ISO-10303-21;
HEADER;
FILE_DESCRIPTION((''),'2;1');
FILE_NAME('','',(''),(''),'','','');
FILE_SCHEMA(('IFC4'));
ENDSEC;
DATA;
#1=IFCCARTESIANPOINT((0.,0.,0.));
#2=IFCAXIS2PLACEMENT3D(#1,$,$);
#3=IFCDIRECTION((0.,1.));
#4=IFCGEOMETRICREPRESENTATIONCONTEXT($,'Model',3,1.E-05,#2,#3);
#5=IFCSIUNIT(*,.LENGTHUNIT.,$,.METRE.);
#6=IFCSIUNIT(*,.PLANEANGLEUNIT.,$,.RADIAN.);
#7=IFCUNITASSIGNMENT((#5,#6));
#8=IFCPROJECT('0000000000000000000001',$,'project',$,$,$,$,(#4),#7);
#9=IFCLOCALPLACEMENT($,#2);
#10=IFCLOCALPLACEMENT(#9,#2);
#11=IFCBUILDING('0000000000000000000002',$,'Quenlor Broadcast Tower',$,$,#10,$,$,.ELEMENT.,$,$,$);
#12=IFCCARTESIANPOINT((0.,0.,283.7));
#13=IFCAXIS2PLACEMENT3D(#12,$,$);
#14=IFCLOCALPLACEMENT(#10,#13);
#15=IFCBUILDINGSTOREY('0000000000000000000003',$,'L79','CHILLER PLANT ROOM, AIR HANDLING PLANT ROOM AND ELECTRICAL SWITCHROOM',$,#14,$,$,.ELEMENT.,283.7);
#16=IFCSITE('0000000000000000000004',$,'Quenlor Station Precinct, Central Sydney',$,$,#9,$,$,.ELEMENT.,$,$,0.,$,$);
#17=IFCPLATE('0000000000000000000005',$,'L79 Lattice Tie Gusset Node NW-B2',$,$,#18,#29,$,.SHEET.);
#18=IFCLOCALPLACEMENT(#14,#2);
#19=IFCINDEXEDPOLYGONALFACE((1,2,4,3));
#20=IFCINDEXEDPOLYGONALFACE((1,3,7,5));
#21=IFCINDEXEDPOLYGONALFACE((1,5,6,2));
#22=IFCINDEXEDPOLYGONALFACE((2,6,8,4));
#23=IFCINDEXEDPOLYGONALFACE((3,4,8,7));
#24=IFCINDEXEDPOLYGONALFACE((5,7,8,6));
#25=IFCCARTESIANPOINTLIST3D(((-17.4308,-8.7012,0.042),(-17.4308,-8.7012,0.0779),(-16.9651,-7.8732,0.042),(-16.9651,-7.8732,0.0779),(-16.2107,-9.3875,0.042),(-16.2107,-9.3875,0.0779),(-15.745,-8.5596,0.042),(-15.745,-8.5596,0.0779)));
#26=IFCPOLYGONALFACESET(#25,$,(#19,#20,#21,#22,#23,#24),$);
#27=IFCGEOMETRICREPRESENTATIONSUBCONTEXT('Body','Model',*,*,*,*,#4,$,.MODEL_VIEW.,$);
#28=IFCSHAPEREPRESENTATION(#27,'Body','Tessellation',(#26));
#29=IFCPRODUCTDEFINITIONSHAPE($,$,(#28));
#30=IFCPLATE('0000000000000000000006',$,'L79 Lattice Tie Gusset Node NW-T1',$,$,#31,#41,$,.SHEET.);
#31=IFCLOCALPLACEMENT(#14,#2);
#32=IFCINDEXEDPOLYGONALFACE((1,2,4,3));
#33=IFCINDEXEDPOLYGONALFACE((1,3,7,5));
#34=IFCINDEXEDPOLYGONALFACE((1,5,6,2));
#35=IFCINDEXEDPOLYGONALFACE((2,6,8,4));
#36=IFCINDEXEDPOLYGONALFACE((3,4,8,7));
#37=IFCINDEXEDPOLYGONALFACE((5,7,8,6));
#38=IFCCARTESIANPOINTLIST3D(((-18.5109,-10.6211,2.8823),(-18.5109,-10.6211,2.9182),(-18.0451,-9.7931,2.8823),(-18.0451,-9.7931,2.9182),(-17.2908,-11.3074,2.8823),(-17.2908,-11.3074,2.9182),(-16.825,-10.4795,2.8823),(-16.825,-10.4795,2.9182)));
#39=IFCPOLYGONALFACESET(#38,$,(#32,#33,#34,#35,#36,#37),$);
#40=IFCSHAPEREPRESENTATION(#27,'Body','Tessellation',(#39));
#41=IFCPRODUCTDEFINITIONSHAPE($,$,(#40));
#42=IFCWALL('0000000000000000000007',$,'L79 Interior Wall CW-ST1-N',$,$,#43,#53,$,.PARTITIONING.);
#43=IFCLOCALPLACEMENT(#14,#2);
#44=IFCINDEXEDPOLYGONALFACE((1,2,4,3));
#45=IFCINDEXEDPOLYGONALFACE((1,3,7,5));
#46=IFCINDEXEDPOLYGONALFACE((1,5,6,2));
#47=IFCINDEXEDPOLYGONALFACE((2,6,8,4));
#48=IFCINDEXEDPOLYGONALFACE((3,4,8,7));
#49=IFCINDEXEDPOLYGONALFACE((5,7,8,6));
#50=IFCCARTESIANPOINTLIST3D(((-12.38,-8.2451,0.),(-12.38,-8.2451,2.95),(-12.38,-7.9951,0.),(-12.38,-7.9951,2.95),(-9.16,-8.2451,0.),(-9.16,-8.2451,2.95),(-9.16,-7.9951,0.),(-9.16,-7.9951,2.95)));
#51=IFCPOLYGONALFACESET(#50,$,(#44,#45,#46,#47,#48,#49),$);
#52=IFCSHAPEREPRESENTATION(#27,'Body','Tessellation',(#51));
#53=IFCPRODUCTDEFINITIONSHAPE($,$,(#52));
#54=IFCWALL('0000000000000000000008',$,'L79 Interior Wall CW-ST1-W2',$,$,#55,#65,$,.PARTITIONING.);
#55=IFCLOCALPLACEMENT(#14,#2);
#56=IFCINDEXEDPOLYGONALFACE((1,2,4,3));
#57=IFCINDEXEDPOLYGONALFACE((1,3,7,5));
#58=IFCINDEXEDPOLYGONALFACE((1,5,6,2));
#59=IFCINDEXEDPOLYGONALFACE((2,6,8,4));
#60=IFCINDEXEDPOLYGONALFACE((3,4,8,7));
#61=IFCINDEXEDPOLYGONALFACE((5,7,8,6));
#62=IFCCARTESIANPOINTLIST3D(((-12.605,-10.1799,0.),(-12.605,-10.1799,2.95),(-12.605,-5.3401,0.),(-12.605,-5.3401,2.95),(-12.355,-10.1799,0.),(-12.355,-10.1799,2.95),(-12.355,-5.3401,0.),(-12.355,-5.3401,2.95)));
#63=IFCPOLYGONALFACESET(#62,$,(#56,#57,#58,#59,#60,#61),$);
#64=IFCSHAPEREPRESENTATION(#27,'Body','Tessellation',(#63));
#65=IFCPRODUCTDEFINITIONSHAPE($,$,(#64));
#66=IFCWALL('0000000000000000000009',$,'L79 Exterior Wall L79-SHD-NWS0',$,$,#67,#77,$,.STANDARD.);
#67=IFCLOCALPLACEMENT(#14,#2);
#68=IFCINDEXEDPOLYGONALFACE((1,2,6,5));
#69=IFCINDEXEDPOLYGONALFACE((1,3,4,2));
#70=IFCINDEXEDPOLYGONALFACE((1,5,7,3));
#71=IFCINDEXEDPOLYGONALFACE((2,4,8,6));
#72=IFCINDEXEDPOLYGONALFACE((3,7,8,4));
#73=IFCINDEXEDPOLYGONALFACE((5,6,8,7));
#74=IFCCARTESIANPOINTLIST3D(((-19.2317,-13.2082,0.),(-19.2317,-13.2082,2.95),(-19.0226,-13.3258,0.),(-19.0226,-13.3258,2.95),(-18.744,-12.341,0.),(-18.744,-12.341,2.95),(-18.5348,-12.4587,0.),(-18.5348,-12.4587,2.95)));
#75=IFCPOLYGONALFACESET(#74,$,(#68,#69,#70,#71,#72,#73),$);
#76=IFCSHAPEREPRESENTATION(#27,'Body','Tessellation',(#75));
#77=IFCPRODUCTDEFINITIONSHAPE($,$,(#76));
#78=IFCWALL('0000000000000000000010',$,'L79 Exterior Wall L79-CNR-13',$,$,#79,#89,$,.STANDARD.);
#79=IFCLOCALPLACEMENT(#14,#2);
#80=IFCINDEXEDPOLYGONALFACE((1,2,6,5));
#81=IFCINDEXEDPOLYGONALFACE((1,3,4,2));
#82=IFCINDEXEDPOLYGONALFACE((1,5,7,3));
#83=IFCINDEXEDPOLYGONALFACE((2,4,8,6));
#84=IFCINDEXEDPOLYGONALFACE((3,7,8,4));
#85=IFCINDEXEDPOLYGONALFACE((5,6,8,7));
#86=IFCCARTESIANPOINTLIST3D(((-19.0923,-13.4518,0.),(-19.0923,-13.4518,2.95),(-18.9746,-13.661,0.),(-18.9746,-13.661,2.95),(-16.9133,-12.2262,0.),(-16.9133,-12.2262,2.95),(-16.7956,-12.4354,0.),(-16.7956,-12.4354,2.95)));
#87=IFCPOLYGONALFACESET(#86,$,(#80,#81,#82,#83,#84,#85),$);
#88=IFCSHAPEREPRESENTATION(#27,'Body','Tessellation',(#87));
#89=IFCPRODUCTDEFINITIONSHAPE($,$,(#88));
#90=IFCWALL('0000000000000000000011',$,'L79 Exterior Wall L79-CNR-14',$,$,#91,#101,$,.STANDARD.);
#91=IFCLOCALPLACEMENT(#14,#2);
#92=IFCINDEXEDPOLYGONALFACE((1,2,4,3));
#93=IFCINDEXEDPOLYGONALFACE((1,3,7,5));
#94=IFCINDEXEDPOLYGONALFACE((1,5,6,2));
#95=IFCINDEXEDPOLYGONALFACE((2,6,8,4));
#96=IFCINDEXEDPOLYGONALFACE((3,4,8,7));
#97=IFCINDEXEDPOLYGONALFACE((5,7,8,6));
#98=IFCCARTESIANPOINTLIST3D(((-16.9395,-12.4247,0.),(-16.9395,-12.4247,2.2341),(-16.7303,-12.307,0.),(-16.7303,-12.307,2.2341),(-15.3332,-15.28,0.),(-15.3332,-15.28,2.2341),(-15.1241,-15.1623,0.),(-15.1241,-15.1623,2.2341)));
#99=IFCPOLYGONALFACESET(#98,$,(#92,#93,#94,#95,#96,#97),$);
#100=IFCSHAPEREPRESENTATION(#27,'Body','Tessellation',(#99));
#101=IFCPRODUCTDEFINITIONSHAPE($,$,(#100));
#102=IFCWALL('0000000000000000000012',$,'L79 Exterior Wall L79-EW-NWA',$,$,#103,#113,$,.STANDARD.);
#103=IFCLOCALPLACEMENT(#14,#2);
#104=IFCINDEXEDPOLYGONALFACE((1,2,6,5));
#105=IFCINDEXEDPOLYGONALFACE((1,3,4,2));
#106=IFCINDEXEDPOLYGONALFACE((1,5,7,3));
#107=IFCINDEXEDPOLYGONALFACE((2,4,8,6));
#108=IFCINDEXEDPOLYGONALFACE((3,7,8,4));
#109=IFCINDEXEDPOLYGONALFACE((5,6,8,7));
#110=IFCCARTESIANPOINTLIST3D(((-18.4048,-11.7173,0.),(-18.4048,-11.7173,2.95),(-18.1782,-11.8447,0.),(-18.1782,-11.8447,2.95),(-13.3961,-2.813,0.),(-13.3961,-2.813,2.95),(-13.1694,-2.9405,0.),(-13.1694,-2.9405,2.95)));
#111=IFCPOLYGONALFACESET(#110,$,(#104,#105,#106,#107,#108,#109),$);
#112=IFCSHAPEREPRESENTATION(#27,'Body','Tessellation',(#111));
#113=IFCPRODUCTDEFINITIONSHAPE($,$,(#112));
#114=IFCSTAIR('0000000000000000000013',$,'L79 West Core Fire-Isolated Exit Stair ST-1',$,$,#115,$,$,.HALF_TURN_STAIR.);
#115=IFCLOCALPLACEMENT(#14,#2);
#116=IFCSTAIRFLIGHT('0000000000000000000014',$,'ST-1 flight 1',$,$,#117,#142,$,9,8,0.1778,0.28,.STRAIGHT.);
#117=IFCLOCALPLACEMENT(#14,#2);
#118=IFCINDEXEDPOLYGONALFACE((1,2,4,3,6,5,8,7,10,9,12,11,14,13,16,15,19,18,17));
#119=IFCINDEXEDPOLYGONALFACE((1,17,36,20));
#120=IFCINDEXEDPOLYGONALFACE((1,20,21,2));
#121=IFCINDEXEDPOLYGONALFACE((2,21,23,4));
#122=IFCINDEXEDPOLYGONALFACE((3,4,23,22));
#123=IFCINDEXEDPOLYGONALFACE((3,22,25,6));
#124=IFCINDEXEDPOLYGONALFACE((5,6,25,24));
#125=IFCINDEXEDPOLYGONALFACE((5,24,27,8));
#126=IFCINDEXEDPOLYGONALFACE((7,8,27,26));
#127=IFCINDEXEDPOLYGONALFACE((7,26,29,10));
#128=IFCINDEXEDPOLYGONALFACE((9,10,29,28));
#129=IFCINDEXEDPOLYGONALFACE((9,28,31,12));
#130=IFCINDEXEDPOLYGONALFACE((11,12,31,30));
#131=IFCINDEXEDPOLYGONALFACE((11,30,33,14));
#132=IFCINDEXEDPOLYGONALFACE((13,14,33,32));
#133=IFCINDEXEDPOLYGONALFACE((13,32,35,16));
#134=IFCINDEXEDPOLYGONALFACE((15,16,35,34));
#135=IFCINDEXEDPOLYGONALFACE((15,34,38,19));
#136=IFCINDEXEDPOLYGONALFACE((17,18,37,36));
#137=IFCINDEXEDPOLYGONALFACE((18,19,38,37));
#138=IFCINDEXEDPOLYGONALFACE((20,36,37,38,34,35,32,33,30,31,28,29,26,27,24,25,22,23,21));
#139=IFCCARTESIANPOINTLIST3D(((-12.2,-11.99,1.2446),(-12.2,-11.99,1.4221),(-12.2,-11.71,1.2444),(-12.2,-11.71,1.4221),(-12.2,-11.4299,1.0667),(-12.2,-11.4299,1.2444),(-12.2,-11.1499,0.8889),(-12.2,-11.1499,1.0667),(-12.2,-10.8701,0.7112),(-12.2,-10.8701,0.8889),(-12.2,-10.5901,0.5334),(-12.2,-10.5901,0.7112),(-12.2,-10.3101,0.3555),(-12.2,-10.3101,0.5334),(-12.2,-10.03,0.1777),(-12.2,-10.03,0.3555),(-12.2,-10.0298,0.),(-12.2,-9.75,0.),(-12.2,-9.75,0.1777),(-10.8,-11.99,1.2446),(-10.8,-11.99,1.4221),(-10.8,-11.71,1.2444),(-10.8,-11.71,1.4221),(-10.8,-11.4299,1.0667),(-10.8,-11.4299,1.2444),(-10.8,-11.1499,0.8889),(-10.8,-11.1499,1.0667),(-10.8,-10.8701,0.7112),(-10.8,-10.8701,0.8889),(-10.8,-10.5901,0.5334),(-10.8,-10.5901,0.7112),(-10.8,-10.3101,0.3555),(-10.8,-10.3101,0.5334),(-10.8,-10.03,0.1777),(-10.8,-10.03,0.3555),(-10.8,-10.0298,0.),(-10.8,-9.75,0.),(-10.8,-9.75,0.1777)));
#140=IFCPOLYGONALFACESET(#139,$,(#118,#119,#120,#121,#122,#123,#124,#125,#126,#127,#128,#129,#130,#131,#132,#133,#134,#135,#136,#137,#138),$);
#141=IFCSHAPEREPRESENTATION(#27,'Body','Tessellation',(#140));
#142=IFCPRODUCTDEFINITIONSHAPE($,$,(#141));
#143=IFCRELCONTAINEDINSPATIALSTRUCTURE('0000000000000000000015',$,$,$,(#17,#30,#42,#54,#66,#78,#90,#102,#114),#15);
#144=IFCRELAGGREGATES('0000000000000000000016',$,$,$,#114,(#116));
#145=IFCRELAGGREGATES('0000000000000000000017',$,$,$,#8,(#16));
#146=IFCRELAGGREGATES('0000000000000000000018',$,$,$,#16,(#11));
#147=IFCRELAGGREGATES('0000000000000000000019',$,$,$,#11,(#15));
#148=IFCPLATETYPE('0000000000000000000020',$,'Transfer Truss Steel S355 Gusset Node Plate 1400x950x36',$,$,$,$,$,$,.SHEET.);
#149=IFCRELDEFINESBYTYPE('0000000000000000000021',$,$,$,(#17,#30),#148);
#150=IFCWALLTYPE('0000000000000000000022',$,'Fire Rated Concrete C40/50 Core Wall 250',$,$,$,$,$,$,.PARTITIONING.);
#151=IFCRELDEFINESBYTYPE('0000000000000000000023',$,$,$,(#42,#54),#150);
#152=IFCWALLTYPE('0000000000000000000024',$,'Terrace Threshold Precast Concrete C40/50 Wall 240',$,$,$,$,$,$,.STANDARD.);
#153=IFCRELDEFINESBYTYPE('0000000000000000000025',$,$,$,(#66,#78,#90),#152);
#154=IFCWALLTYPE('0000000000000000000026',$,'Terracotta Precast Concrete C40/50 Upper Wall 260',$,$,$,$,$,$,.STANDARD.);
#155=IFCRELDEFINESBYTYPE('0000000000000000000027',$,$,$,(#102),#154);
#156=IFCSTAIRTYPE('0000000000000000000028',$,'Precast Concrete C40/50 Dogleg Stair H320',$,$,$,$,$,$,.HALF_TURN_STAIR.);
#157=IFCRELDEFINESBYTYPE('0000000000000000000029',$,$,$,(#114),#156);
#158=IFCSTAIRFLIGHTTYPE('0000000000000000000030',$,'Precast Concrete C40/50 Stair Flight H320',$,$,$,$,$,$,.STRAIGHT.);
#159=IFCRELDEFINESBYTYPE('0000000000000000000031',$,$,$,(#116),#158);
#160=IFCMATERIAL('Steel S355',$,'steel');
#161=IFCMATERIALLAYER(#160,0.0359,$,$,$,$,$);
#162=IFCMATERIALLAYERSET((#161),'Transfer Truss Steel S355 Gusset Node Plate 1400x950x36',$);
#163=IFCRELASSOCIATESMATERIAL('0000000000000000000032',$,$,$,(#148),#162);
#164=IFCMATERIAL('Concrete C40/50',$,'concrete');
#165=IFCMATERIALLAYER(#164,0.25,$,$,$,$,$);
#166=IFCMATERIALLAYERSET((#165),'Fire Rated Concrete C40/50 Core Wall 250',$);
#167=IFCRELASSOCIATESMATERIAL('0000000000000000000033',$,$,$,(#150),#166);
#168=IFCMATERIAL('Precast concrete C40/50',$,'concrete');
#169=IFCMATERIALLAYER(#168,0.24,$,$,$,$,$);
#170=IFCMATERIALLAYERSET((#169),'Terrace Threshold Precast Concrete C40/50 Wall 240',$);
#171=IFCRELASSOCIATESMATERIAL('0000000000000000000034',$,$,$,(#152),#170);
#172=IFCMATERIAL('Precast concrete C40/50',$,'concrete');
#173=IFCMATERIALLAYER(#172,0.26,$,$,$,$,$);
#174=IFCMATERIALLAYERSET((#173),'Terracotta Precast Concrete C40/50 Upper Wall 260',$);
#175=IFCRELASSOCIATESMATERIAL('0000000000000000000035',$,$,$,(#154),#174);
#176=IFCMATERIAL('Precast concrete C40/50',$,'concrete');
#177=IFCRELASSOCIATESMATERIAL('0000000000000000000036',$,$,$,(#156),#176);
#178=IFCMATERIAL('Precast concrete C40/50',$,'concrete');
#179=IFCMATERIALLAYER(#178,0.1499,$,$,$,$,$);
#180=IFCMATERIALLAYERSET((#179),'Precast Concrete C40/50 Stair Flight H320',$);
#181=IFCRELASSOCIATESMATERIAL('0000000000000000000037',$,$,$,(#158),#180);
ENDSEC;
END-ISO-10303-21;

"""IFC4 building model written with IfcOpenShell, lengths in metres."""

from ifc_helpers import new_model, si_unit, direction, frame, frame_2d, origin, origin_2d, place, context, subcontext, project, spatial, polyline, rectangle, outline, extrude, material, layer, layer_set, type_object, element, aggregate, save


model = new_model("IFC4")

# Units and contexts
model_context = context("Model", 3, precision=1e-05, world=origin(), true_north=direction((0.0, 1.0)))
body_context = subcontext(model_context, "Body", "Model", "MODEL_VIEW")
ifc_project = project(units=[si_unit("LENGTHUNIT", "METRE"), si_unit("PLANEANGLEUNIT", "RADIAN")], contexts=[model_context])

# Site, building, storey
site_placement = place(None, origin())
site = spatial("IfcSite", under=ifc_project, at=site_placement, Name="Quenlor Station Precinct, Central Sydney", CompositionType="ELEMENT", RefElevation=0.0)
building_placement = place(site_placement, origin())
building = spatial("IfcBuilding", under=site, at=building_placement, Name="Quenlor Broadcast Tower", CompositionType="ELEMENT")
storey_placement = place(building_placement, frame((0.0, 0.0, 283.7)))
storey = spatial("IfcBuildingStorey", under=building, at=storey_placement, Name="L79", Description="CHILLER PLANT ROOM, AIR HANDLING PLANT ROOM AND ELECTRICAL SWITCHROOM", CompositionType="ELEMENT", Elevation=283.7)

# Plates
ifc_material_1 = material(Name="Steel S355", Category="steel")
ifc_layer_1 = layer(ifc_material_1, 0.0359)
ifc_layer_set_1 = layer_set([ifc_layer_1], Name="Transfer Truss Steel S355 Gusset Node Plate 1400x950x36")
plate_type_1 = type_object("IfcPlateType", Name="Transfer Truss Steel S355 Gusset Node Plate 1400x950x36", PredefinedType="SHEET", material=ifc_layer_set_1)
for number, where, z_axis, x_axis, name in (
    (1, (-16.5879, -8.6304, 0.042), (0.0, 0.0, 1.0), (-0.871556, 0.490295, 0.0), "L79 Lattice Tie Gusset Node NW-B2"),
    (2, (-17.668, -10.5503, 2.8823), (0.0, 0.0, 1.0), (-0.871556, 0.490295, 0.0), "L79 Lattice Tie Gusset Node NW-T1"),
):
    element("IfcPlate", number, at=place(storey_placement, frame(where, z_axis=z_axis, x_axis=x_axis)), inside=storey, type_object=plate_type_1, Name=name, PredefinedType="SHEET", context=body_context, shape_type="SweptSolid", body=[
        extrude(rectangle(XDim=1.3999, YDim=0.95, at=origin_2d()), origin(), (0.0, 0.0, 1.0), 0.0359),
    ])

# Walls
ifc_material_2 = material(Name="Concrete C40/50", Category="concrete")
ifc_layer_2 = layer(ifc_material_2, 0.25)
ifc_layer_set_2 = layer_set([ifc_layer_2], Name="Fire Rated Concrete C40/50 Core Wall 250")
wall_type_1 = type_object("IfcWallType", Name="Fire Rated Concrete C40/50 Core Wall 250", PredefinedType="PARTITIONING", material=ifc_layer_set_2)
wall_1_placement = place(storey_placement, frame((-12.3799, -8.1201, 0.0), z_axis=(0.0, 0.0, 1.0), x_axis=(1.0, 0.0, 0.0)))
element("IfcWall", 3, at=wall_1_placement, inside=storey, type_object=wall_type_1, Name="L79 Interior Wall CW-ST1-N", PredefinedType="PARTITIONING", context=body_context, shape_type="SweptSolid", body=[
    extrude(rectangle(XDim=3.22, YDim=0.25, at=frame_2d((1.6099, 0.0))), origin(), (0.0, 0.0, 1.0), 2.95),
])
wall_2_placement = place(storey_placement, frame((-12.48, -10.1799, 0.0), z_axis=(0.0, 0.0, 1.0), x_axis=(0.0, 1.0, 0.0)))
element("IfcWall", 4, at=wall_2_placement, inside=storey, type_object=wall_type_1, Name="L79 Interior Wall CW-ST1-W2", PredefinedType="PARTITIONING", context=body_context, shape_type="SweptSolid", body=[
    extrude(rectangle(XDim=4.8398, YDim=0.25, at=frame_2d((2.4199, 0.0))), origin(), (0.0, 0.0, 1.0), 2.95),
])
ifc_material_3 = material(Name="Precast concrete C40/50", Category="concrete")
ifc_layer_3 = layer(ifc_material_3, 0.24)
ifc_layer_set_3 = layer_set([ifc_layer_3], Name="Terrace Threshold Precast Concrete C40/50 Wall 240")
wall_type_2 = type_object("IfcWallType", Name="Terrace Threshold Precast Concrete C40/50 Wall 240", PredefinedType="STANDARD", material=ifc_layer_set_3)
wall_3_placement = place(storey_placement, frame((-19.1272, -13.2671, 0.0), z_axis=(0.0, 0.0, 1.0), x_axis=(0.490261, 0.871576, 0.0)))
element("IfcWall", 5, at=wall_3_placement, inside=storey, type_object=wall_type_2, Name="L79 Exterior Wall L79-SHD-NWS0", PredefinedType="STANDARD", context=body_context, shape_type="SweptSolid", body=[
    extrude(rectangle(XDim=0.9949, YDim=0.24, at=frame_2d((0.4976, 0.0))), origin(), (0.0, 0.0, 1.0), 2.95),
])
wall_4_placement = place(storey_placement, frame((-19.0334, -13.5564, 0.0), z_axis=(0.0, 0.0, 1.0), x_axis=(0.871589, 0.490238, 0.0)))
element("IfcWall", 6, at=wall_4_placement, inside=storey, type_object=wall_type_2, Name="L79 Exterior Wall L79-CNR-13", PredefinedType="STANDARD", context=body_context, shape_type="SweptSolid", body=[
    extrude(rectangle(XDim=2.5, YDim=0.24, at=frame_2d((1.25, 0.0))), origin(), (0.0, 0.0, 1.0), 2.95),
])
wall_5_placement = place(storey_placement, frame((-16.835, -12.3657, 0.0), z_axis=(0.0, 0.0, 1.0), x_axis=(0.490293, -0.871558, 0.0)))
element("IfcWall", 7, at=wall_5_placement, inside=storey, type_object=wall_type_2, Name="L79 Exterior Wall L79-CNR-14", PredefinedType="STANDARD", context=body_context, shape_type="SweptSolid", body=[
    extrude(rectangle(XDim=3.2761, YDim=0.24, at=frame_2d((1.6382, 0.0))), origin(), (0.0, 0.0, 1.0), 2.2341),
])
ifc_material_4 = material(Name="Precast concrete C40/50", Category="concrete")
ifc_layer_4 = layer(ifc_material_4, 0.26)
ifc_layer_set_4 = layer_set([ifc_layer_4], Name="Terracotta Precast Concrete C40/50 Upper Wall 260")
wall_type_3 = type_object("IfcWallType", Name="Terracotta Precast Concrete C40/50 Upper Wall 260", PredefinedType="STANDARD", material=ifc_layer_set_4)
wall_6_placement = place(storey_placement, frame((-18.2915, -11.781, 0.0), z_axis=(0.0, 0.0, 1.0), x_axis=(0.49027, 0.87157, 0.0)))
element("IfcWall", 8, at=wall_6_placement, inside=storey, type_object=wall_type_3, Name="L79 Exterior Wall L79-EW-NWA", PredefinedType="STANDARD", context=body_context, shape_type="SweptSolid", body=[
    extrude(rectangle(XDim=10.2163, YDim=0.26, at=frame_2d((5.1082, 0.0))), origin(), (0.0, 0.0, 1.0), 2.95),
])

# Stair, stair flight
ifc_material_5 = material(Name="Precast concrete C40/50", Category="concrete")
stair_type = type_object("IfcStairType", Name="Precast Concrete C40/50 Dogleg Stair H320", PredefinedType="HALF_TURN_STAIR", material=ifc_material_5)
stair_placement = place(storey_placement, origin())
stair = element("IfcStair", 9, at=stair_placement, inside=storey, type_object=stair_type, Name="L79 West Core Fire-Isolated Exit Stair ST-1", PredefinedType="HALF_TURN_STAIR")
ifc_material_6 = material(Name="Precast concrete C40/50", Category="concrete")
ifc_layer_5 = layer(ifc_material_6, 0.1499)
ifc_layer_set_5 = layer_set([ifc_layer_5], Name="Precast Concrete C40/50 Stair Flight H320")
stair_flight_type = type_object("IfcStairFlightType", Name="Precast Concrete C40/50 Stair Flight H320", PredefinedType="STRAIGHT", material=ifc_layer_set_5)
stair_flight_placement = place(storey_placement, frame((-11.5, -9.75, 0.0), z_axis=(0.0, 0.0, 1.0), x_axis=(0.0, -1.0, 0.0)))
stair_flight = element("IfcStairFlight", 10, at=stair_flight_placement, type_object=stair_flight_type, Name="ST-1 flight 1", NumberOfRisers=9, NumberOfTreads=8, PredefinedType="STRAIGHT", RiserHeight=0.1778, TreadLength=0.28, context=body_context, shape_type="SweptSolid", body=[
    extrude(outline(polyline([(0.0, 0.0), (0.0, 0.1777), (0.28, 0.1777), (0.28, 0.3555), (0.5601, 0.3555), (0.5601, 0.5334), (0.8401, 0.5334), (0.8401, 0.7112), (1.1201, 0.7112), (1.1201, 0.8889), (1.3999, 0.8889), (1.3999, 1.0667), (1.6799, 1.0667), (1.6799, 1.2444), (1.96, 1.2444), (1.96, 1.4221), (2.24, 1.4221), (2.24, 1.6001), (2.24, 1.2446), (0.2798, 0.0), (0.0, 0.0)])), frame((0.0, 0.7, 0.0), z_axis=(0.0, -1.0, 0.0), x_axis=(1.0, 0.0, 0.0)), (0.0, 0.0, 1.0), 1.3999),
])
aggregate(stair, [stair_flight])

save(model, "model.ifc")
